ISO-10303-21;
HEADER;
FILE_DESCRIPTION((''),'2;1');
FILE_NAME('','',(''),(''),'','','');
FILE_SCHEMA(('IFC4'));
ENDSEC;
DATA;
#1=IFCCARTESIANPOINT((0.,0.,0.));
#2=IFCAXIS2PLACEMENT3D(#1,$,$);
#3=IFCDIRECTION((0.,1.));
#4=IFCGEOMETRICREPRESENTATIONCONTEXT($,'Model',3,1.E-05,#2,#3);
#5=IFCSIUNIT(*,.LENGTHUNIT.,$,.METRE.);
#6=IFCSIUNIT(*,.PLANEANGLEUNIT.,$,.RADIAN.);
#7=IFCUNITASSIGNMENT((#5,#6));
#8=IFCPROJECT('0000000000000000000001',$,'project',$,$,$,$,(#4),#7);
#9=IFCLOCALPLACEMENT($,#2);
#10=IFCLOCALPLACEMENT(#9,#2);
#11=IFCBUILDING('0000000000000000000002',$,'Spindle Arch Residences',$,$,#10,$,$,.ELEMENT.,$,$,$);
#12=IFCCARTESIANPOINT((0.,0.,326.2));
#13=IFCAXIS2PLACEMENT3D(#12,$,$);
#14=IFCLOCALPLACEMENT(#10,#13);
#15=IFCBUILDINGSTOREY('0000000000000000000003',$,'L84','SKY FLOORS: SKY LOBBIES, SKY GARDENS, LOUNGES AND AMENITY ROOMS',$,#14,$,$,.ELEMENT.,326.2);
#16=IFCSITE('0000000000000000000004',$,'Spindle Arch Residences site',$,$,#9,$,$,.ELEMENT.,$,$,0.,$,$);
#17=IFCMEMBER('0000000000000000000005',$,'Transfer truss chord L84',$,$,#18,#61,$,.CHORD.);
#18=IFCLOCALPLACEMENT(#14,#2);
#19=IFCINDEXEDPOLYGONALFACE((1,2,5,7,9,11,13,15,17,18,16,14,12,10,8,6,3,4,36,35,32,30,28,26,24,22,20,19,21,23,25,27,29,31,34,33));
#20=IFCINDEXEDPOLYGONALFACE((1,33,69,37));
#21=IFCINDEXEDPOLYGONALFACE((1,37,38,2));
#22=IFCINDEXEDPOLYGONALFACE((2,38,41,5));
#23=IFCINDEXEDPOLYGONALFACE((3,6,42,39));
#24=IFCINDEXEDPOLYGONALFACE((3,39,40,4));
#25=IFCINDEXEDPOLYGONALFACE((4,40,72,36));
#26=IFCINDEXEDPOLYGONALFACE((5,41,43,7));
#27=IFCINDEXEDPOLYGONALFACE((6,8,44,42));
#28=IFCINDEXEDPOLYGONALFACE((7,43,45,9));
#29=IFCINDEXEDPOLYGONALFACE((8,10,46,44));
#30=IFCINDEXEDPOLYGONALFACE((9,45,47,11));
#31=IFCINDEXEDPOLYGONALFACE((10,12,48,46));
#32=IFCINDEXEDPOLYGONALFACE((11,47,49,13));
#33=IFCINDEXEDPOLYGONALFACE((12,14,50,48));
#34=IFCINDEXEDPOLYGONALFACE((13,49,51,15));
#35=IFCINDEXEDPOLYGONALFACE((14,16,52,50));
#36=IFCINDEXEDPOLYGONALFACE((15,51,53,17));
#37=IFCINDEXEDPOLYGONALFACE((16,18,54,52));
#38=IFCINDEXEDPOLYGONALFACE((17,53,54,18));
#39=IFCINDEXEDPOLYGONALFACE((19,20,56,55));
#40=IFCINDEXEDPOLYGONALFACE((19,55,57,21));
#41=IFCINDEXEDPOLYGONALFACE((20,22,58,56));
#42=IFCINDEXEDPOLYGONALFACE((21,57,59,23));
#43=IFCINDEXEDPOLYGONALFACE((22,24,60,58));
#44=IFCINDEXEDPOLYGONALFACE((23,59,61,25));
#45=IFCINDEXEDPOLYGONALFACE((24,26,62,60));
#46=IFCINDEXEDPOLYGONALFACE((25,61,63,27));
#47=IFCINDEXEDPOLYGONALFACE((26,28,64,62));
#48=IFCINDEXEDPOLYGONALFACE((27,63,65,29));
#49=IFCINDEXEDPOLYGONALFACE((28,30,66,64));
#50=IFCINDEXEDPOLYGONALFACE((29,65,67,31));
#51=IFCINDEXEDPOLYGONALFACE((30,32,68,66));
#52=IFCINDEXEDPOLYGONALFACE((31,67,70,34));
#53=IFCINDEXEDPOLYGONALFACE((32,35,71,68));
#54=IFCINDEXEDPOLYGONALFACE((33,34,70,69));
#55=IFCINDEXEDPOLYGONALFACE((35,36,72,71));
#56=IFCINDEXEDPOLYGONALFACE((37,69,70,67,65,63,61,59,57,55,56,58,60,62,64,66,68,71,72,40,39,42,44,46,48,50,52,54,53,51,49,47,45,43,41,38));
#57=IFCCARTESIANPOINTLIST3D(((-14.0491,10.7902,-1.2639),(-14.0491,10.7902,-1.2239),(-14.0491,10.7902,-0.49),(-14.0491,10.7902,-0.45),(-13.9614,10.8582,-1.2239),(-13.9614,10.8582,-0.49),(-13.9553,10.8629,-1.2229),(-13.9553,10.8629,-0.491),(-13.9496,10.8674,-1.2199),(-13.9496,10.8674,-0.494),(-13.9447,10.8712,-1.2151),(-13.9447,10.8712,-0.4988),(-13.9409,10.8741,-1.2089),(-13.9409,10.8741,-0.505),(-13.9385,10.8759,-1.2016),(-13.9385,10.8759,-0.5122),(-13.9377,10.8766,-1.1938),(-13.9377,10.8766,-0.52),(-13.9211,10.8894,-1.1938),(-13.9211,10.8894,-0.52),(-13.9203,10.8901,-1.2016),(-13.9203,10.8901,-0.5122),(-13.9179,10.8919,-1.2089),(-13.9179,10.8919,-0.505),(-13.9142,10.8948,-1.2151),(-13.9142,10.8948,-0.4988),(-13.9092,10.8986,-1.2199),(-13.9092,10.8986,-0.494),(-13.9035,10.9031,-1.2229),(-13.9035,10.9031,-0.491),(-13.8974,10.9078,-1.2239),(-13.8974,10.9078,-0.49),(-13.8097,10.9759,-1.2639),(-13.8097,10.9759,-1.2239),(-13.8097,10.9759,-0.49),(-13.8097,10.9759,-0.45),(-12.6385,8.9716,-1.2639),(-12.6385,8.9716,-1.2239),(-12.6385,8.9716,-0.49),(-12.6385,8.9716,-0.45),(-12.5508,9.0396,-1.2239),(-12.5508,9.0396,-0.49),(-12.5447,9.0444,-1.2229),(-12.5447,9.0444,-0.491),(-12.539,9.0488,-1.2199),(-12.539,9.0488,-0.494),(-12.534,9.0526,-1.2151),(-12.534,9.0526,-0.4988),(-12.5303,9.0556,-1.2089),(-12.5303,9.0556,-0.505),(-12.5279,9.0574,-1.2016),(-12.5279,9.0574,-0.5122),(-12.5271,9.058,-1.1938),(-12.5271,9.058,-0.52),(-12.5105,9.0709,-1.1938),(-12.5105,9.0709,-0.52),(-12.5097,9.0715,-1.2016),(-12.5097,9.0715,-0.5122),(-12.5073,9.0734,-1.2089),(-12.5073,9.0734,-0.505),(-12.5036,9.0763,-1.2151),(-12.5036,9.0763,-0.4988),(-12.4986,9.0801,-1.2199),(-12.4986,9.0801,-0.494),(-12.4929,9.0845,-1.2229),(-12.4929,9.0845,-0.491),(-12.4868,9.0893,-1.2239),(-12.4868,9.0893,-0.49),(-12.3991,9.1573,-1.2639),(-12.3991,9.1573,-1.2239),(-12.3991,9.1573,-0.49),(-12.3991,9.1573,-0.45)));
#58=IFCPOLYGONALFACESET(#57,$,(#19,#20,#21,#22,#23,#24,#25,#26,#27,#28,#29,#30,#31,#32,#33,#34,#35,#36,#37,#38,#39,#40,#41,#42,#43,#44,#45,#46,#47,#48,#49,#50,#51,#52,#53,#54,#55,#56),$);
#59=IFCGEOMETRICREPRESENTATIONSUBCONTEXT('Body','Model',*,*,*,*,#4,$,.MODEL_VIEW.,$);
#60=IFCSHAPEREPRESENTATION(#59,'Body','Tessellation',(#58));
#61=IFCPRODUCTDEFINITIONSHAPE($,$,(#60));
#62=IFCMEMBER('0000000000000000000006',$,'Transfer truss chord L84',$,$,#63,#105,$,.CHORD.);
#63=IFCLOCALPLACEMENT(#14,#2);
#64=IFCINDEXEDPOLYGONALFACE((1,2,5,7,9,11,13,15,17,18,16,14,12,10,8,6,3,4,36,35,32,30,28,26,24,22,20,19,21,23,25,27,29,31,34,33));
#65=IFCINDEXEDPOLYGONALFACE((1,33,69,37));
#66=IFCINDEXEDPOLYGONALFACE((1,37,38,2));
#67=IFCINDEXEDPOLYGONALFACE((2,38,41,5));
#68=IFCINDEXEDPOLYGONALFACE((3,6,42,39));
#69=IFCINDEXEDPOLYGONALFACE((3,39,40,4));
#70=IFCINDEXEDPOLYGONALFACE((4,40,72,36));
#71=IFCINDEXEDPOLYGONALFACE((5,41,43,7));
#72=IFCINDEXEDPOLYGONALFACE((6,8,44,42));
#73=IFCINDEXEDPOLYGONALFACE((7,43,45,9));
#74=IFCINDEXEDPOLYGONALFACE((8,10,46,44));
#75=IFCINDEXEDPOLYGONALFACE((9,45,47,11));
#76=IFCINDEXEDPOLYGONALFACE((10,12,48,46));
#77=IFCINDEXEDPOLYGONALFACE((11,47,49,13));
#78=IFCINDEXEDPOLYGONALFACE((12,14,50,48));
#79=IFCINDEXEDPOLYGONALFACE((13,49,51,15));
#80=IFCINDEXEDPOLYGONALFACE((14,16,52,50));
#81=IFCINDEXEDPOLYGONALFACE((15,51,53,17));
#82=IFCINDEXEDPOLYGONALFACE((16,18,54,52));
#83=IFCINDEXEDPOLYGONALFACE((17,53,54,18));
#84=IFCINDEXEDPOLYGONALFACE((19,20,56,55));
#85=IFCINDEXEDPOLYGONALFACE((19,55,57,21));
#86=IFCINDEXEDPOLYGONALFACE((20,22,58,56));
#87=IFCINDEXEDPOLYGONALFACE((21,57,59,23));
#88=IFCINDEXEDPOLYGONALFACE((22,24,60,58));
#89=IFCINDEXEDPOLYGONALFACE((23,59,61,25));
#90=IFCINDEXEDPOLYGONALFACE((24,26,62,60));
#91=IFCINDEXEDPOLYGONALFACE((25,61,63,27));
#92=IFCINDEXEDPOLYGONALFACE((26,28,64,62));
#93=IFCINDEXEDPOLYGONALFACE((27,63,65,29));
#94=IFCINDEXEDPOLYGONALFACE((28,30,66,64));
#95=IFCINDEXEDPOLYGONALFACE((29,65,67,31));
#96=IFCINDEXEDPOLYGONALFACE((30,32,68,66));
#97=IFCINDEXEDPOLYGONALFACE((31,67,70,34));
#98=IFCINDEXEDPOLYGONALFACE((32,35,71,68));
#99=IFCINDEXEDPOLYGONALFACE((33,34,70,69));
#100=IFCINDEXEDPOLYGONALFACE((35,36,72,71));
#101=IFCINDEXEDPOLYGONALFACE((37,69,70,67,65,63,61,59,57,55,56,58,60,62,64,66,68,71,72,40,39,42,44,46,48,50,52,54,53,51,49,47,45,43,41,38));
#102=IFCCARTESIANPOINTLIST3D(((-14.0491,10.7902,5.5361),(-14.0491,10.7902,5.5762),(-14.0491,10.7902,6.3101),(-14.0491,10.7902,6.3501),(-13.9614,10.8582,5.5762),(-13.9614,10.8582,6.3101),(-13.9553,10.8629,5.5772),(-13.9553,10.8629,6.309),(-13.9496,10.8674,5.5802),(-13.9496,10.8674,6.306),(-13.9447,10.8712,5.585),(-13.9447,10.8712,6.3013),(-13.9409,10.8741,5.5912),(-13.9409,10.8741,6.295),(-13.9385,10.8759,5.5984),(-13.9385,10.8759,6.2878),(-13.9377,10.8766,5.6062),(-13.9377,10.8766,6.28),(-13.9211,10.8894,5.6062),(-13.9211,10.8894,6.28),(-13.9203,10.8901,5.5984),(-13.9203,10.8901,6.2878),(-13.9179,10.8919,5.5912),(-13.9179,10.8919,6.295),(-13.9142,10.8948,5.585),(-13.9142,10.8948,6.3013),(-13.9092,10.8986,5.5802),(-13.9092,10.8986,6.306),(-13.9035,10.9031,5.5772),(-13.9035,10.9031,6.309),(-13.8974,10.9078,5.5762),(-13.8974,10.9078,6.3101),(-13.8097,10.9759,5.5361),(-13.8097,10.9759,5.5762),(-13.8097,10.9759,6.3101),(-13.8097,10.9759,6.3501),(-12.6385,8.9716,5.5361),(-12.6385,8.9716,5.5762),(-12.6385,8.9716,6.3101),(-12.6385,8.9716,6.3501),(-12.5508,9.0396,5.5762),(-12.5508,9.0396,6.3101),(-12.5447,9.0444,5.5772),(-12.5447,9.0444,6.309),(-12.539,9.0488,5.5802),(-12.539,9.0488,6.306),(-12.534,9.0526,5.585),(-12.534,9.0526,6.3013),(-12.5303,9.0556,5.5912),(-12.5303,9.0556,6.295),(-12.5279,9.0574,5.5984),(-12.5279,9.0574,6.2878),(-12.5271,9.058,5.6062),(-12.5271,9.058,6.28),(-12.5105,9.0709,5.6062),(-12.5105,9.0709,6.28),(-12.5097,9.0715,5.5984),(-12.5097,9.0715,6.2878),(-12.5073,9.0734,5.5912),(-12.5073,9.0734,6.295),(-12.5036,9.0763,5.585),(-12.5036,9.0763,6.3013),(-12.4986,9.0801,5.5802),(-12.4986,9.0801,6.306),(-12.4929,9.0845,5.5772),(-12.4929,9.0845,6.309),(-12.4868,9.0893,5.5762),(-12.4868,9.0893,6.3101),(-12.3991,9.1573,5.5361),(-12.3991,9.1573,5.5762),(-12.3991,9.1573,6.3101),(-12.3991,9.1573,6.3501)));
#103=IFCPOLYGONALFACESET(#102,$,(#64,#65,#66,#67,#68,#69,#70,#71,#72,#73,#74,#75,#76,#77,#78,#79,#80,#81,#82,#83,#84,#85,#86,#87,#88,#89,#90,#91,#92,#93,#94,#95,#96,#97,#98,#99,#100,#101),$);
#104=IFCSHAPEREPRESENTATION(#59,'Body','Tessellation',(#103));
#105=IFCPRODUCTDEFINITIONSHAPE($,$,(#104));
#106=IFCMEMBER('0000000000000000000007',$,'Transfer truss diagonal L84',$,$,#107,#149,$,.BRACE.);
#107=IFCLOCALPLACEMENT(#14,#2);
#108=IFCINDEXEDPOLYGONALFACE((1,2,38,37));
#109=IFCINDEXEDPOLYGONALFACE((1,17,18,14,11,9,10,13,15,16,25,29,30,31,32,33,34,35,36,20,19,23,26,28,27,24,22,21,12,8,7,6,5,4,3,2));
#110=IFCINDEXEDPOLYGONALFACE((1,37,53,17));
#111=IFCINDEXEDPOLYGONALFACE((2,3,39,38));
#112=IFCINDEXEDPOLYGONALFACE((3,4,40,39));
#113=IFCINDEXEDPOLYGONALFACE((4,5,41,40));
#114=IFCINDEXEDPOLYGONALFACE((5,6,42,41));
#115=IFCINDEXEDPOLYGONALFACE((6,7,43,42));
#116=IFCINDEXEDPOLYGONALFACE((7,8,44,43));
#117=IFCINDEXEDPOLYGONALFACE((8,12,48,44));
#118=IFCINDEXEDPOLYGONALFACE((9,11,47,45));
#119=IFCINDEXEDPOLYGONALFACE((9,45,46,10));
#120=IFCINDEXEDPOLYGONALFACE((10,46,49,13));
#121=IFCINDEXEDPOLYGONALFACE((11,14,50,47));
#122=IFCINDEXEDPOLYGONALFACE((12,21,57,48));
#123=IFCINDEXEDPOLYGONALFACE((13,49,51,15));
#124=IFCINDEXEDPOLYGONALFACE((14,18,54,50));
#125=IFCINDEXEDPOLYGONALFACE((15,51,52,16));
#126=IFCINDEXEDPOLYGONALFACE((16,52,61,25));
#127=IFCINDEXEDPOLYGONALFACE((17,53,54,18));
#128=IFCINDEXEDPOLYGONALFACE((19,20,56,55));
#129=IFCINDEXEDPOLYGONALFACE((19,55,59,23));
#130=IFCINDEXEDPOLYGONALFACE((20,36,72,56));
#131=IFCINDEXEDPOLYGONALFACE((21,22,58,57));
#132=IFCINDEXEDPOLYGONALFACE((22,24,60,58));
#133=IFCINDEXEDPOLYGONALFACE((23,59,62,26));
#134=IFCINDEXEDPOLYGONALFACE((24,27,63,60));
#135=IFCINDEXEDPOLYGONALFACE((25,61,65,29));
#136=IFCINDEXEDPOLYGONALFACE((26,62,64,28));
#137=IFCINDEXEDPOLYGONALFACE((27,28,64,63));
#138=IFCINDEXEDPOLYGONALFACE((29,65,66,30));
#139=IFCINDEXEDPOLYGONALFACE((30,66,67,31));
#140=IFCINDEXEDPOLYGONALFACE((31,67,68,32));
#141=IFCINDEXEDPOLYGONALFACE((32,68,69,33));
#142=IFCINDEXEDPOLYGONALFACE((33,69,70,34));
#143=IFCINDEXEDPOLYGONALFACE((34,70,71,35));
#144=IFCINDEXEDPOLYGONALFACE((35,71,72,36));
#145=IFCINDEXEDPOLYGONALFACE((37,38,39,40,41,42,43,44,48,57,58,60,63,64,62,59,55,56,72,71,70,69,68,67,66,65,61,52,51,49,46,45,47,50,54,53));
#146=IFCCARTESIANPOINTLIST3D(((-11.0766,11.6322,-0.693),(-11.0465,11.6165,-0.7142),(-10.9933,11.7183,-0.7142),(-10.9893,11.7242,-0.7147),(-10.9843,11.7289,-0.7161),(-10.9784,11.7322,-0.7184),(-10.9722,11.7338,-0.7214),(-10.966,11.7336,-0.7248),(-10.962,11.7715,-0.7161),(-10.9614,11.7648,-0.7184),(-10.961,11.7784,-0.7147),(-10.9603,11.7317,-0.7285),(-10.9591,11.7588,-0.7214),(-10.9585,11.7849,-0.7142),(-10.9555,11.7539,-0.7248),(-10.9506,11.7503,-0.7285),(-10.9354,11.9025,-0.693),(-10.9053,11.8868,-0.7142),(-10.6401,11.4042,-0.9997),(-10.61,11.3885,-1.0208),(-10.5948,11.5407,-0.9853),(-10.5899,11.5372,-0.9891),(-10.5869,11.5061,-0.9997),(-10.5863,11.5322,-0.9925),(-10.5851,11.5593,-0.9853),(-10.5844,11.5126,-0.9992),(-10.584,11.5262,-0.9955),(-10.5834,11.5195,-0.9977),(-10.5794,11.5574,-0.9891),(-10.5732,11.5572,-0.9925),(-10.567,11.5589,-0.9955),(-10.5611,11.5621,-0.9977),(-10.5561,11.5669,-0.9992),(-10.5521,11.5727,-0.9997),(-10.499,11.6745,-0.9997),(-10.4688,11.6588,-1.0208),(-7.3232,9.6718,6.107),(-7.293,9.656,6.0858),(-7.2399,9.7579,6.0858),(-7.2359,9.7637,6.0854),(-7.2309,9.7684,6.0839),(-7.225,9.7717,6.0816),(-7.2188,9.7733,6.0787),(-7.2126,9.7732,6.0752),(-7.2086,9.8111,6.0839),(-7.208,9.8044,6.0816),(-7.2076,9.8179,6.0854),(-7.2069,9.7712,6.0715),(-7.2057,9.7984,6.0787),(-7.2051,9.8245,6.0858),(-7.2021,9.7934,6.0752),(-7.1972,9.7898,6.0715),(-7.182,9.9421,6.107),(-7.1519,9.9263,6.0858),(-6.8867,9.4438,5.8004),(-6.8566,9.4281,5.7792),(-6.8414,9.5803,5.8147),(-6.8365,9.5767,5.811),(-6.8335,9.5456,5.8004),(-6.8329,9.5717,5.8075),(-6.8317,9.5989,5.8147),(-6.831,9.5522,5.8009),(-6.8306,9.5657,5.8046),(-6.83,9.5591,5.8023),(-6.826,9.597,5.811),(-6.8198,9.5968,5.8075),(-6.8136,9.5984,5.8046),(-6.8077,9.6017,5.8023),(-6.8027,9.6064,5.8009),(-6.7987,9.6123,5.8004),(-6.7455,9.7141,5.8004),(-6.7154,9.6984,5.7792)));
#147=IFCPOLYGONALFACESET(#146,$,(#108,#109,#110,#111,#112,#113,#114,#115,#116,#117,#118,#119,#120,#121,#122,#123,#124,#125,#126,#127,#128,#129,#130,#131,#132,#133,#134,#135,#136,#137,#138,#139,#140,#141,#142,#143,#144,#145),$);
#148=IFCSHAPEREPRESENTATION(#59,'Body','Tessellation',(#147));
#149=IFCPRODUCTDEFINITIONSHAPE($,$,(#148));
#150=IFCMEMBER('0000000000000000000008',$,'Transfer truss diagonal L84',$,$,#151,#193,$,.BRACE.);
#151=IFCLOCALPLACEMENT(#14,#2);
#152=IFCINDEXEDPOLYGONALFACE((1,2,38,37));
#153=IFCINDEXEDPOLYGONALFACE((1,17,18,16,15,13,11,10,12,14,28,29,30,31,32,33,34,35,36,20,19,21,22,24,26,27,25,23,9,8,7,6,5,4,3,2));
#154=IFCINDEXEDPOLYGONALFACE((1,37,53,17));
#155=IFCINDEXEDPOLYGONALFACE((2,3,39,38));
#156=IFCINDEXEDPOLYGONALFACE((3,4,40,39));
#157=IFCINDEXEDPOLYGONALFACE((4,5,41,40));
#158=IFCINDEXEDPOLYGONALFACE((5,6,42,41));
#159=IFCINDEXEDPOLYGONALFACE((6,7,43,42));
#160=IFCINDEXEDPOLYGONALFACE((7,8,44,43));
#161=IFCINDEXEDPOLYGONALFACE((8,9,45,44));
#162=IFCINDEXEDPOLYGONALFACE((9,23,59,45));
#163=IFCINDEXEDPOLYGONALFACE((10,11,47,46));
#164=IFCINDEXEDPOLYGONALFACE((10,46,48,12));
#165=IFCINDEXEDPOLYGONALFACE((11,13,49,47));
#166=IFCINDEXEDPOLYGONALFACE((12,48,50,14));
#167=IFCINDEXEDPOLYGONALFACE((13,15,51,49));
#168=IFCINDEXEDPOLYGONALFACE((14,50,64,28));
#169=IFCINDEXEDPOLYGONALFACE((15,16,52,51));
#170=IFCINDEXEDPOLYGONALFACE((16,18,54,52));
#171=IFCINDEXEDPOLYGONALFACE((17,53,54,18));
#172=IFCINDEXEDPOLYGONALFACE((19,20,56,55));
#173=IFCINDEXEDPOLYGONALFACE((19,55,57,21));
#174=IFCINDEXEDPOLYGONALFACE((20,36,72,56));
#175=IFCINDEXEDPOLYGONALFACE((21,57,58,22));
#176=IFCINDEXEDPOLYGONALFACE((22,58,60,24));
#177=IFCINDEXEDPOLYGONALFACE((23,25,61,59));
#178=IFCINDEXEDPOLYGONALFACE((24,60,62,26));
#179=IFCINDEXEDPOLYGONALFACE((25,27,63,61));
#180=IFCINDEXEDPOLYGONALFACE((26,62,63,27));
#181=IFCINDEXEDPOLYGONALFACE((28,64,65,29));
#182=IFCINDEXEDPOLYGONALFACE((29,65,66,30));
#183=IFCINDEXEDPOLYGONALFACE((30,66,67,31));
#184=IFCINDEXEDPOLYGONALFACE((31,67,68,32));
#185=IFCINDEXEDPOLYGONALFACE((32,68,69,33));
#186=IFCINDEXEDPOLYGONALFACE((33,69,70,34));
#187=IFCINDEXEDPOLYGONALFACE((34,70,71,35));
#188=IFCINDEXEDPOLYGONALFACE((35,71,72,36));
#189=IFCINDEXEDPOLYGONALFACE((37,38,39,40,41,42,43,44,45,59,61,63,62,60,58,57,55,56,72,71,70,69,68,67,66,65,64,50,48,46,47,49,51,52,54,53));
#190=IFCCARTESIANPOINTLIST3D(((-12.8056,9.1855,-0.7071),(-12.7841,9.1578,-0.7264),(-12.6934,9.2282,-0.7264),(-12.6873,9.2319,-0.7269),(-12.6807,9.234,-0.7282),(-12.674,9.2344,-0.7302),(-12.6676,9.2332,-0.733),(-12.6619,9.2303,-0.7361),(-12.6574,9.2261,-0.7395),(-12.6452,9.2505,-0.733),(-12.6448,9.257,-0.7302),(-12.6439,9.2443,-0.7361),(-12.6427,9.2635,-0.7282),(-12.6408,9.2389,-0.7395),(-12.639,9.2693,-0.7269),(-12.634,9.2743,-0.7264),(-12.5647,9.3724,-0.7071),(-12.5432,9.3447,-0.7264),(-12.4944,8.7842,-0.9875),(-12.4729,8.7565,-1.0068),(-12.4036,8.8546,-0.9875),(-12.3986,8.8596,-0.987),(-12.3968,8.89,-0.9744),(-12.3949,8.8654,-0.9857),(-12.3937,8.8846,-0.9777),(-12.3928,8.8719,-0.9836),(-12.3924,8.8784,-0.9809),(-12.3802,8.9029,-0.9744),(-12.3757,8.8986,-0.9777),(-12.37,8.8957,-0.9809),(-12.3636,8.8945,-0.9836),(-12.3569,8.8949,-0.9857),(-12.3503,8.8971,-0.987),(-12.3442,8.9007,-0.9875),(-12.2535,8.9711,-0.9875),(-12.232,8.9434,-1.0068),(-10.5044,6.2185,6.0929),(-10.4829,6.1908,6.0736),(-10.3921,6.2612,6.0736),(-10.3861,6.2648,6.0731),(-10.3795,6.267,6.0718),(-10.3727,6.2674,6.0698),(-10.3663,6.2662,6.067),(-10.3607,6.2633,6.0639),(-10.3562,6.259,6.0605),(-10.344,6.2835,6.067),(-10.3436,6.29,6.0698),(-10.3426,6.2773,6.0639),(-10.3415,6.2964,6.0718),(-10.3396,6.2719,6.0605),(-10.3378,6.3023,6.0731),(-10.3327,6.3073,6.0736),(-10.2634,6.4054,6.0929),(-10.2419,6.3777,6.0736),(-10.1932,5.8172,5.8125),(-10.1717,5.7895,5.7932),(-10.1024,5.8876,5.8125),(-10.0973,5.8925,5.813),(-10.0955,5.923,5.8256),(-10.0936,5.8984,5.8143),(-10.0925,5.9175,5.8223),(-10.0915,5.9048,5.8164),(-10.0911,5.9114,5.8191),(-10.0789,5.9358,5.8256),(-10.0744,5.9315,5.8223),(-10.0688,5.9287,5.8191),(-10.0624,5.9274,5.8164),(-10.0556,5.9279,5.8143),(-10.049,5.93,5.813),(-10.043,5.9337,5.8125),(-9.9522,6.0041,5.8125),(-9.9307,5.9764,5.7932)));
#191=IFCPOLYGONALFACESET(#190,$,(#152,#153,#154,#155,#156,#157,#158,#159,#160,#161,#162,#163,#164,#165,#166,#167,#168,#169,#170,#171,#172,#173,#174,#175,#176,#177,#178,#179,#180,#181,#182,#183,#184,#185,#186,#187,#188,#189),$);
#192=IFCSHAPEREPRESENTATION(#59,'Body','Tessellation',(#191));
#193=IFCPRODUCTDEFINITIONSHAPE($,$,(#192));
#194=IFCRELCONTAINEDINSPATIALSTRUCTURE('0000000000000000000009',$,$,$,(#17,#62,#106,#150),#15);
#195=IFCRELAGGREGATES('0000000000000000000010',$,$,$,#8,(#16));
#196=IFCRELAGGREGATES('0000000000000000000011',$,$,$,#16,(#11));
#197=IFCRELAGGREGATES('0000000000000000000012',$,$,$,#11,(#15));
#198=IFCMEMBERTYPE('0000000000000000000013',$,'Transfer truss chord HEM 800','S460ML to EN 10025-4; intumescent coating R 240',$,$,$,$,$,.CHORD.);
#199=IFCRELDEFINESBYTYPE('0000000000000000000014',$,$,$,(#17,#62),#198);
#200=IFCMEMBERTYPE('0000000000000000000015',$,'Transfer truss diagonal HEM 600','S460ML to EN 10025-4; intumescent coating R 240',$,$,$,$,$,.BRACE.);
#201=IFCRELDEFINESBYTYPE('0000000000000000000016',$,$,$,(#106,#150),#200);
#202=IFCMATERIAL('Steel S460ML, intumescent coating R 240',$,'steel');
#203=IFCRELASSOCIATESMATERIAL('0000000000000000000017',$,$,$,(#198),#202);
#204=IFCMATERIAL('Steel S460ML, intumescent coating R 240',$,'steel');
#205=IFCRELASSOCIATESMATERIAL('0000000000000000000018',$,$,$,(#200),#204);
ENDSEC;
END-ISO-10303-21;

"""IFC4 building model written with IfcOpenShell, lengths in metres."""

from ifc_helpers import new_model, si_unit, direction, frame, origin, origin_2d, place, context, subcontext, project, spatial, i_section, extrude, material, material_profile, profile_set, type_object, element, save


model = new_model("IFC4")

# Units and contexts
model_context = context("Model", 3, precision=1e-05, world=origin(), true_north=direction((0.0, 1.0)))
body_context = subcontext(model_context, "Body", "Model", "MODEL_VIEW")
ifc_project = project(units=[si_unit("LENGTHUNIT", "METRE"), si_unit("PLANEANGLEUNIT", "RADIAN")], contexts=[model_context])

# Site, building, storey
site_placement = place(None, origin())
site = spatial("IfcSite", under=ifc_project, at=site_placement, Name="Spindle Arch Residences site", CompositionType="ELEMENT", RefElevation=0.0)
building_placement = place(site_placement, origin())
building = spatial("IfcBuilding", under=site, at=building_placement, Name="Spindle Arch Residences", CompositionType="ELEMENT")
storey_placement = place(building_placement, frame((0.0, 0.0, 326.2)))
storey = spatial("IfcBuildingStorey", under=building, at=storey_placement, Name="L84", Description="SKY FLOORS: SKY LOBBIES, SKY GARDENS, LOUNGES AND AMENITY ROOMS", CompositionType="ELEMENT", Elevation=326.2)

# Members
ifc_material_1 = material(Name="Steel S460ML, intumescent coating R 240", Category="steel")
ifc_material_profile_1 = material_profile(ifc_material_1, i_section(OverallWidth=0.303, OverallDepth=0.814, WebThickness=0.021, FlangeThickness=0.04, FilletRadius=0.03, at=origin_2d()), Name="HEM 800")
ifc_profile_set_1 = profile_set([ifc_material_profile_1], Name="Steel S460ML, intumescent coating R 240")
member_type_1 = type_object("IfcMemberType", Name="Transfer truss chord HEM 800", Description="S460ML to EN 10025-4; intumescent coating R 240", PredefinedType="CHORD", material=ifc_profile_set_1)
for number, where, z_axis, x_axis, name in (
    (1, (-12.5188, 9.0645, -0.8569), (-0.612905, 0.790157, 0.0), (-0.790157, -0.612905, 0.0), "Transfer truss chord L84"),
    (2, (-12.5188, 9.0645, 5.9431), (-0.612905, 0.790157, 0.0), (-0.790157, -0.612905, 0.0), "Transfer truss chord L84"),
):
    element("IfcMember", number, at=place(storey_placement, frame(where, z_axis=z_axis, x_axis=x_axis)), inside=storey, type_object=member_type_1, Name=name, PredefinedType="CHORD", context=body_context, shape_type="SweptSolid", body=[
        extrude(i_section(OverallWidth=0.303, OverallDepth=0.814, WebThickness=0.021, FlangeThickness=0.04, FilletRadius=0.03, at=origin_2d()), origin(), (0.0, 0.0, 1.0), 2.3015),
    ])
ifc_material_2 = material(Name="Steel S460ML, intumescent coating R 240", Category="steel")
ifc_material_profile_2 = material_profile(ifc_material_2, i_section(OverallWidth=0.3049, OverallDepth=0.6201, WebThickness=0.021, FlangeThickness=0.04, FilletRadius=0.0271, at=origin_2d()), Name="HEM 600")
ifc_profile_set_2 = profile_set([ifc_material_profile_2], Name="Steel S460ML, intumescent coating R 240")
member_type_2 = type_object("IfcMemberType", Name="Transfer truss diagonal HEM 600", Description="S460ML to EN 10025-4; intumescent coating R 240", PredefinedType="BRACE", material=ifc_profile_set_2)
member_1_placement = place(storey_placement, frame((-10.7727, 11.6455, -0.8569), z_axis=(0.468547, -0.244727, 0.848865), x_axis=(0.462964, 0.886377, 0.0)))
element("IfcMember", 3, at=member_1_placement, inside=storey, type_object=member_type_2, Name="Transfer truss diagonal L84", PredefinedType="BRACE", context=body_context, shape_type="SweptSolid", body=[
    extrude(i_section(OverallWidth=0.3049, OverallDepth=0.6201, WebThickness=0.021, FlangeThickness=0.04, FilletRadius=0.0271, at=origin_2d()), origin(), (0.0, 0.0, 1.0), 8.0107),
])
member_2_placement = place(storey_placement, frame((-12.5188, 9.0645, -0.8569), z_axis=(0.296255, -0.381963, 0.875407), x_axis=(0.790181, 0.612873, 0.0)))
element("IfcMember", 4, at=member_2_placement, inside=storey, type_object=member_type_2, Name="Transfer truss diagonal L84", PredefinedType="BRACE", context=body_context, shape_type="SweptSolid", body=[
    extrude(i_section(OverallWidth=0.3049, OverallDepth=0.6201, WebThickness=0.021, FlangeThickness=0.04, FilletRadius=0.0271, at=origin_2d()), origin(), (0.0, 0.0, 1.0), 7.7678),
])

save(model, "model.ifc")
